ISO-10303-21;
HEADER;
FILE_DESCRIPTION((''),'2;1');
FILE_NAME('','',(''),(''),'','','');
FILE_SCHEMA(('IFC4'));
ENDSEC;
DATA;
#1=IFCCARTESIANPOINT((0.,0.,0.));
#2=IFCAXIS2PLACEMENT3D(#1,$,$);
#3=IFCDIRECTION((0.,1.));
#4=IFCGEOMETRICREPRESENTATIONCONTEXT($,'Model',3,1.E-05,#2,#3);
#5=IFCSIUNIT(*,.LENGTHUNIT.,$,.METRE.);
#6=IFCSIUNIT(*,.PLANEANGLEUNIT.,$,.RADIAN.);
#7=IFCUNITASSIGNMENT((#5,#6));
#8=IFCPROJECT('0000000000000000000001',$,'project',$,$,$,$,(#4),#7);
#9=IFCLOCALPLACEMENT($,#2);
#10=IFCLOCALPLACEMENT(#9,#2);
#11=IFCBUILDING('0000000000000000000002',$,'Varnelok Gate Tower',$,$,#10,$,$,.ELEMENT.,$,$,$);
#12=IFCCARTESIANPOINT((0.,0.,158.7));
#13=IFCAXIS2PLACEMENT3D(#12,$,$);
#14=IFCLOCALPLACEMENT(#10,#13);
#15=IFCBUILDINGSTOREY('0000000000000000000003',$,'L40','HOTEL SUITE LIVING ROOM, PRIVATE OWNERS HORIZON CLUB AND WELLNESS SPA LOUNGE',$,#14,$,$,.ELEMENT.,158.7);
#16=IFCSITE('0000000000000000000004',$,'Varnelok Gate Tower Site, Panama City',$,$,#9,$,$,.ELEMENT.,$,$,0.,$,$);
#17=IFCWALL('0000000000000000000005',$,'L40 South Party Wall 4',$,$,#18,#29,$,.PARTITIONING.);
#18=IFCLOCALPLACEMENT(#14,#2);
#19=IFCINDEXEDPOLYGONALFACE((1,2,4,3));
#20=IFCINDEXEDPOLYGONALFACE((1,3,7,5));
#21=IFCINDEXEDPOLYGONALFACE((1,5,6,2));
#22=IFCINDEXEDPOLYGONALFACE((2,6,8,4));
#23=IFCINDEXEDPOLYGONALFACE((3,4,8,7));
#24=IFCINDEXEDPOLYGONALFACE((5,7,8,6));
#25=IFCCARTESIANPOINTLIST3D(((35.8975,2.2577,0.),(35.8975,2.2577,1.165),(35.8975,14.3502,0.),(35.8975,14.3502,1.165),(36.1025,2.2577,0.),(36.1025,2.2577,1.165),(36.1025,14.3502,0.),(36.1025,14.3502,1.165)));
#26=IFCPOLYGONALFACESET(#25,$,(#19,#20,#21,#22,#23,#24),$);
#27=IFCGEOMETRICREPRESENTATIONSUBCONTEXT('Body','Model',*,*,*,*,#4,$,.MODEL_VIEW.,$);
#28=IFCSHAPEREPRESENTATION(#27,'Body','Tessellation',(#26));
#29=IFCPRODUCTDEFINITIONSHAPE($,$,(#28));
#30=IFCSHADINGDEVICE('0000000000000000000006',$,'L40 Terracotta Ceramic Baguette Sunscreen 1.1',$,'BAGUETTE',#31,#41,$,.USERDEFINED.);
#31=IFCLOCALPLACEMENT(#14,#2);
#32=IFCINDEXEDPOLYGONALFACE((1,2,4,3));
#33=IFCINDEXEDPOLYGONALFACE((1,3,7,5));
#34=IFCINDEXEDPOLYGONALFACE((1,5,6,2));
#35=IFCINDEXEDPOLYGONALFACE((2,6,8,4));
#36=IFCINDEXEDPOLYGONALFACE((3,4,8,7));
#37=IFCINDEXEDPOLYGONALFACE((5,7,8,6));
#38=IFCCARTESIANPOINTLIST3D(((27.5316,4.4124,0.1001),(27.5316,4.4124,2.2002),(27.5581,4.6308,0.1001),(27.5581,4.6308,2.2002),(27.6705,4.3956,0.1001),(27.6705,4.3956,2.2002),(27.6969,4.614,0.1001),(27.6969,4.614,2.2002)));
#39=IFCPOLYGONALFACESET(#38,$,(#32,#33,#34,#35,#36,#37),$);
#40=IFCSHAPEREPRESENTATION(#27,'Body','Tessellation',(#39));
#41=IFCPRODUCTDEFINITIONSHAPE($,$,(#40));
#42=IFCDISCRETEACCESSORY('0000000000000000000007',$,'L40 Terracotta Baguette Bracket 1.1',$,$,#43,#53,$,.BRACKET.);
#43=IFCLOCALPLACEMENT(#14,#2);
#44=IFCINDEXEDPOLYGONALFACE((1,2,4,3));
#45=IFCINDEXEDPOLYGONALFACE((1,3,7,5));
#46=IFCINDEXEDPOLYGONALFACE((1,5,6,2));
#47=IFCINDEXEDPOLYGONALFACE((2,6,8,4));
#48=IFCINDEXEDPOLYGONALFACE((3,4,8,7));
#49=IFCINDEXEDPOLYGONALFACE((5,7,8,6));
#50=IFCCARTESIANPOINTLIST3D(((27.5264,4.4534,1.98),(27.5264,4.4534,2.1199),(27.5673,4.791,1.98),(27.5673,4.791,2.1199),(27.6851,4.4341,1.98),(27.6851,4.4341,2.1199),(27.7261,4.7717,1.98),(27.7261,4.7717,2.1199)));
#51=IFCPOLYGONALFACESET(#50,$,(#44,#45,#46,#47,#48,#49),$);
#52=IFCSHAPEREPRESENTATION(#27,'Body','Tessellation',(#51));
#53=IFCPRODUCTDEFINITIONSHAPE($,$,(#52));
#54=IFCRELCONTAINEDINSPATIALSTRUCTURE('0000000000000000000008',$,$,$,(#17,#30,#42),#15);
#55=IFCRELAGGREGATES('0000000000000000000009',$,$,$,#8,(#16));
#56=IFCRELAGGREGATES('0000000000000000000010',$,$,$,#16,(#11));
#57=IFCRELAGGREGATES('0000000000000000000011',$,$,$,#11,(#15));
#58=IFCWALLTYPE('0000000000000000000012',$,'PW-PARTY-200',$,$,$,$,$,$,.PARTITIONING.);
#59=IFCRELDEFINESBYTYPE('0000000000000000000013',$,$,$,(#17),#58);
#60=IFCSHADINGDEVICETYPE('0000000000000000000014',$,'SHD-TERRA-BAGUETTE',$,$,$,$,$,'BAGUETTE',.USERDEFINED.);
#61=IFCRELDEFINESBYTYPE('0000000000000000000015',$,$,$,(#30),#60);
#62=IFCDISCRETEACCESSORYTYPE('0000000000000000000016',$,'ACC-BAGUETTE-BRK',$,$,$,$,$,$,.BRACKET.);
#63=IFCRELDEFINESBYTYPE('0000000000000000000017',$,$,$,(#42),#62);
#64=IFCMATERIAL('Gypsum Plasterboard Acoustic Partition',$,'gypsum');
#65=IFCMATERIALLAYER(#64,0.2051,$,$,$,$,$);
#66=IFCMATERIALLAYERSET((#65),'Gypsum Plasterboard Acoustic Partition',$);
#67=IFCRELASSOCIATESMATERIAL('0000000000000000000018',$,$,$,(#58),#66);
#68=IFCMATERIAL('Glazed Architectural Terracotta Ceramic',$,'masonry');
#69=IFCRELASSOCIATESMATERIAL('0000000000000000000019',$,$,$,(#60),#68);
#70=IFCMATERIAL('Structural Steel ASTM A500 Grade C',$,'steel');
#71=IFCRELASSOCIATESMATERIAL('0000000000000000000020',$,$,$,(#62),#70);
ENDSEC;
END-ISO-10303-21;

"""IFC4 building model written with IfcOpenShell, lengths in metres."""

from ifc_helpers import new_model, si_unit, direction, frame, frame_2d, origin, origin_2d, place, context, subcontext, project, spatial, rectangle, extrude, source, transform, mapped, material, layer, layer_set, type_object, element, save


model = new_model("IFC4")

# Units and contexts
model_context = context("Model", 3, precision=1e-05, world=origin(), true_north=direction((0.0, 1.0)))
body_context = subcontext(model_context, "Body", "Model", "MODEL_VIEW")
ifc_project = project(units=[si_unit("LENGTHUNIT", "METRE"), si_unit("PLANEANGLEUNIT", "RADIAN")], contexts=[model_context])

# Site, building, storey
site_placement = place(None, origin())
site = spatial("IfcSite", under=ifc_project, at=site_placement, Name="Varnelok Gate Tower Site, Panama City", CompositionType="ELEMENT", RefElevation=0.0)
building_placement = place(site_placement, origin())
building = spatial("IfcBuilding", under=site, at=building_placement, Name="Varnelok Gate Tower", CompositionType="ELEMENT")
storey_placement = place(building_placement, frame((0.0, 0.0, 158.7)))
storey = spatial("IfcBuildingStorey", under=building, at=storey_placement, Name="L40", Description="HOTEL SUITE LIVING ROOM, PRIVATE OWNERS HORIZON CLUB AND WELLNESS SPA LOUNGE", CompositionType="ELEMENT", Elevation=158.7)

# Shared definitions
ifc_material_1 = material(Name="Gypsum Plasterboard Acoustic Partition", Category="gypsum")

# Wall
ifc_layer_1 = layer(ifc_material_1, 0.2051)
ifc_layer_set_1 = layer_set([ifc_layer_1], Name="Gypsum Plasterboard Acoustic Partition")
wall_type_1 = type_object("IfcWallType", Name="PW-PARTY-200", PredefinedType="PARTITIONING", material=ifc_layer_set_1)
wall_1_placement = place(storey_placement, frame((36.0, 2.2576, 0.0), z_axis=(0.0, 0.0, 1.0), x_axis=(0.0, 1.0, 0.0)))
element("IfcWall", 1, at=wall_1_placement, inside=storey, type_object=wall_type_1, Name="L40 South Party Wall 4", PredefinedType="PARTITIONING", context=body_context, shape_type="SweptSolid", body=[
    extrude(rectangle(XDim=12.0925, YDim=0.2051, at=frame_2d((6.0464, 0.0))), origin(), (0.0, 0.0, 1.0), 1.165),
])

# Shading device
ifc_material_2 = material(Name="Glazed Architectural Terracotta Ceramic", Category="masonry")
shading_device_type = type_object("IfcShadingDeviceType", Name="SHD-TERRA-BAGUETTE", ElementType="BAGUETTE", PredefinedType="USERDEFINED", material=ifc_material_2)
shared_shape_1 = source(origin(), body_context, "Body", "SweptSolid", [
    extrude(rectangle(XDim=0.1399, YDim=0.22, at=origin_2d()), origin(), (0.0, 0.0, 1.0), 2.1001),
])
shading_device_placement = place(storey_placement, frame((27.6143, 4.5132, 0.1001), z_axis=(0.0, 0.0, 1.0), x_axis=(0.992732, -0.120345, 0.0)))
element("IfcShadingDevice", 2, at=shading_device_placement, inside=storey, type_object=shading_device_type, Name="L40 Terracotta Ceramic Baguette Sunscreen 1.1", ObjectType="BAGUETTE", PredefinedType="USERDEFINED", context=body_context, shape_type="MappedRepresentation", body=[
    mapped(shared_shape_1, transform((0.0, 0.0, 0.0), scale=1.0)),
])

# Discrete accessory
ifc_material_3 = material(Name="Structural Steel ASTM A500 Grade C", Category="steel")
discrete_accessory_type = type_object("IfcDiscreteAccessoryType", Name="ACC-BAGUETTE-BRK", PredefinedType="BRACKET", material=ifc_material_3)
shared_shape_2 = source(origin(), body_context, "Body", "SweptSolid", [
    extrude(rectangle(XDim=0.1599, YDim=0.3401, at=origin_2d()), origin(), (0.0, 0.0, 1.0), 0.1399),
])
discrete_accessory_placement = place(storey_placement, frame((27.6262, 4.6125, 1.98), z_axis=(0.0, 0.0, 1.0), x_axis=(0.992732, -0.120345, 0.0)))
element("IfcDiscreteAccessory", 3, at=discrete_accessory_placement, inside=storey, type_object=discrete_accessory_type, Name="L40 Terracotta Baguette Bracket 1.1", PredefinedType="BRACKET", context=body_context, shape_type="MappedRepresentation", body=[
    mapped(shared_shape_2, transform((0.0, 0.0, 0.0), scale=1.0)),
])

save(model, "model.ifc")
